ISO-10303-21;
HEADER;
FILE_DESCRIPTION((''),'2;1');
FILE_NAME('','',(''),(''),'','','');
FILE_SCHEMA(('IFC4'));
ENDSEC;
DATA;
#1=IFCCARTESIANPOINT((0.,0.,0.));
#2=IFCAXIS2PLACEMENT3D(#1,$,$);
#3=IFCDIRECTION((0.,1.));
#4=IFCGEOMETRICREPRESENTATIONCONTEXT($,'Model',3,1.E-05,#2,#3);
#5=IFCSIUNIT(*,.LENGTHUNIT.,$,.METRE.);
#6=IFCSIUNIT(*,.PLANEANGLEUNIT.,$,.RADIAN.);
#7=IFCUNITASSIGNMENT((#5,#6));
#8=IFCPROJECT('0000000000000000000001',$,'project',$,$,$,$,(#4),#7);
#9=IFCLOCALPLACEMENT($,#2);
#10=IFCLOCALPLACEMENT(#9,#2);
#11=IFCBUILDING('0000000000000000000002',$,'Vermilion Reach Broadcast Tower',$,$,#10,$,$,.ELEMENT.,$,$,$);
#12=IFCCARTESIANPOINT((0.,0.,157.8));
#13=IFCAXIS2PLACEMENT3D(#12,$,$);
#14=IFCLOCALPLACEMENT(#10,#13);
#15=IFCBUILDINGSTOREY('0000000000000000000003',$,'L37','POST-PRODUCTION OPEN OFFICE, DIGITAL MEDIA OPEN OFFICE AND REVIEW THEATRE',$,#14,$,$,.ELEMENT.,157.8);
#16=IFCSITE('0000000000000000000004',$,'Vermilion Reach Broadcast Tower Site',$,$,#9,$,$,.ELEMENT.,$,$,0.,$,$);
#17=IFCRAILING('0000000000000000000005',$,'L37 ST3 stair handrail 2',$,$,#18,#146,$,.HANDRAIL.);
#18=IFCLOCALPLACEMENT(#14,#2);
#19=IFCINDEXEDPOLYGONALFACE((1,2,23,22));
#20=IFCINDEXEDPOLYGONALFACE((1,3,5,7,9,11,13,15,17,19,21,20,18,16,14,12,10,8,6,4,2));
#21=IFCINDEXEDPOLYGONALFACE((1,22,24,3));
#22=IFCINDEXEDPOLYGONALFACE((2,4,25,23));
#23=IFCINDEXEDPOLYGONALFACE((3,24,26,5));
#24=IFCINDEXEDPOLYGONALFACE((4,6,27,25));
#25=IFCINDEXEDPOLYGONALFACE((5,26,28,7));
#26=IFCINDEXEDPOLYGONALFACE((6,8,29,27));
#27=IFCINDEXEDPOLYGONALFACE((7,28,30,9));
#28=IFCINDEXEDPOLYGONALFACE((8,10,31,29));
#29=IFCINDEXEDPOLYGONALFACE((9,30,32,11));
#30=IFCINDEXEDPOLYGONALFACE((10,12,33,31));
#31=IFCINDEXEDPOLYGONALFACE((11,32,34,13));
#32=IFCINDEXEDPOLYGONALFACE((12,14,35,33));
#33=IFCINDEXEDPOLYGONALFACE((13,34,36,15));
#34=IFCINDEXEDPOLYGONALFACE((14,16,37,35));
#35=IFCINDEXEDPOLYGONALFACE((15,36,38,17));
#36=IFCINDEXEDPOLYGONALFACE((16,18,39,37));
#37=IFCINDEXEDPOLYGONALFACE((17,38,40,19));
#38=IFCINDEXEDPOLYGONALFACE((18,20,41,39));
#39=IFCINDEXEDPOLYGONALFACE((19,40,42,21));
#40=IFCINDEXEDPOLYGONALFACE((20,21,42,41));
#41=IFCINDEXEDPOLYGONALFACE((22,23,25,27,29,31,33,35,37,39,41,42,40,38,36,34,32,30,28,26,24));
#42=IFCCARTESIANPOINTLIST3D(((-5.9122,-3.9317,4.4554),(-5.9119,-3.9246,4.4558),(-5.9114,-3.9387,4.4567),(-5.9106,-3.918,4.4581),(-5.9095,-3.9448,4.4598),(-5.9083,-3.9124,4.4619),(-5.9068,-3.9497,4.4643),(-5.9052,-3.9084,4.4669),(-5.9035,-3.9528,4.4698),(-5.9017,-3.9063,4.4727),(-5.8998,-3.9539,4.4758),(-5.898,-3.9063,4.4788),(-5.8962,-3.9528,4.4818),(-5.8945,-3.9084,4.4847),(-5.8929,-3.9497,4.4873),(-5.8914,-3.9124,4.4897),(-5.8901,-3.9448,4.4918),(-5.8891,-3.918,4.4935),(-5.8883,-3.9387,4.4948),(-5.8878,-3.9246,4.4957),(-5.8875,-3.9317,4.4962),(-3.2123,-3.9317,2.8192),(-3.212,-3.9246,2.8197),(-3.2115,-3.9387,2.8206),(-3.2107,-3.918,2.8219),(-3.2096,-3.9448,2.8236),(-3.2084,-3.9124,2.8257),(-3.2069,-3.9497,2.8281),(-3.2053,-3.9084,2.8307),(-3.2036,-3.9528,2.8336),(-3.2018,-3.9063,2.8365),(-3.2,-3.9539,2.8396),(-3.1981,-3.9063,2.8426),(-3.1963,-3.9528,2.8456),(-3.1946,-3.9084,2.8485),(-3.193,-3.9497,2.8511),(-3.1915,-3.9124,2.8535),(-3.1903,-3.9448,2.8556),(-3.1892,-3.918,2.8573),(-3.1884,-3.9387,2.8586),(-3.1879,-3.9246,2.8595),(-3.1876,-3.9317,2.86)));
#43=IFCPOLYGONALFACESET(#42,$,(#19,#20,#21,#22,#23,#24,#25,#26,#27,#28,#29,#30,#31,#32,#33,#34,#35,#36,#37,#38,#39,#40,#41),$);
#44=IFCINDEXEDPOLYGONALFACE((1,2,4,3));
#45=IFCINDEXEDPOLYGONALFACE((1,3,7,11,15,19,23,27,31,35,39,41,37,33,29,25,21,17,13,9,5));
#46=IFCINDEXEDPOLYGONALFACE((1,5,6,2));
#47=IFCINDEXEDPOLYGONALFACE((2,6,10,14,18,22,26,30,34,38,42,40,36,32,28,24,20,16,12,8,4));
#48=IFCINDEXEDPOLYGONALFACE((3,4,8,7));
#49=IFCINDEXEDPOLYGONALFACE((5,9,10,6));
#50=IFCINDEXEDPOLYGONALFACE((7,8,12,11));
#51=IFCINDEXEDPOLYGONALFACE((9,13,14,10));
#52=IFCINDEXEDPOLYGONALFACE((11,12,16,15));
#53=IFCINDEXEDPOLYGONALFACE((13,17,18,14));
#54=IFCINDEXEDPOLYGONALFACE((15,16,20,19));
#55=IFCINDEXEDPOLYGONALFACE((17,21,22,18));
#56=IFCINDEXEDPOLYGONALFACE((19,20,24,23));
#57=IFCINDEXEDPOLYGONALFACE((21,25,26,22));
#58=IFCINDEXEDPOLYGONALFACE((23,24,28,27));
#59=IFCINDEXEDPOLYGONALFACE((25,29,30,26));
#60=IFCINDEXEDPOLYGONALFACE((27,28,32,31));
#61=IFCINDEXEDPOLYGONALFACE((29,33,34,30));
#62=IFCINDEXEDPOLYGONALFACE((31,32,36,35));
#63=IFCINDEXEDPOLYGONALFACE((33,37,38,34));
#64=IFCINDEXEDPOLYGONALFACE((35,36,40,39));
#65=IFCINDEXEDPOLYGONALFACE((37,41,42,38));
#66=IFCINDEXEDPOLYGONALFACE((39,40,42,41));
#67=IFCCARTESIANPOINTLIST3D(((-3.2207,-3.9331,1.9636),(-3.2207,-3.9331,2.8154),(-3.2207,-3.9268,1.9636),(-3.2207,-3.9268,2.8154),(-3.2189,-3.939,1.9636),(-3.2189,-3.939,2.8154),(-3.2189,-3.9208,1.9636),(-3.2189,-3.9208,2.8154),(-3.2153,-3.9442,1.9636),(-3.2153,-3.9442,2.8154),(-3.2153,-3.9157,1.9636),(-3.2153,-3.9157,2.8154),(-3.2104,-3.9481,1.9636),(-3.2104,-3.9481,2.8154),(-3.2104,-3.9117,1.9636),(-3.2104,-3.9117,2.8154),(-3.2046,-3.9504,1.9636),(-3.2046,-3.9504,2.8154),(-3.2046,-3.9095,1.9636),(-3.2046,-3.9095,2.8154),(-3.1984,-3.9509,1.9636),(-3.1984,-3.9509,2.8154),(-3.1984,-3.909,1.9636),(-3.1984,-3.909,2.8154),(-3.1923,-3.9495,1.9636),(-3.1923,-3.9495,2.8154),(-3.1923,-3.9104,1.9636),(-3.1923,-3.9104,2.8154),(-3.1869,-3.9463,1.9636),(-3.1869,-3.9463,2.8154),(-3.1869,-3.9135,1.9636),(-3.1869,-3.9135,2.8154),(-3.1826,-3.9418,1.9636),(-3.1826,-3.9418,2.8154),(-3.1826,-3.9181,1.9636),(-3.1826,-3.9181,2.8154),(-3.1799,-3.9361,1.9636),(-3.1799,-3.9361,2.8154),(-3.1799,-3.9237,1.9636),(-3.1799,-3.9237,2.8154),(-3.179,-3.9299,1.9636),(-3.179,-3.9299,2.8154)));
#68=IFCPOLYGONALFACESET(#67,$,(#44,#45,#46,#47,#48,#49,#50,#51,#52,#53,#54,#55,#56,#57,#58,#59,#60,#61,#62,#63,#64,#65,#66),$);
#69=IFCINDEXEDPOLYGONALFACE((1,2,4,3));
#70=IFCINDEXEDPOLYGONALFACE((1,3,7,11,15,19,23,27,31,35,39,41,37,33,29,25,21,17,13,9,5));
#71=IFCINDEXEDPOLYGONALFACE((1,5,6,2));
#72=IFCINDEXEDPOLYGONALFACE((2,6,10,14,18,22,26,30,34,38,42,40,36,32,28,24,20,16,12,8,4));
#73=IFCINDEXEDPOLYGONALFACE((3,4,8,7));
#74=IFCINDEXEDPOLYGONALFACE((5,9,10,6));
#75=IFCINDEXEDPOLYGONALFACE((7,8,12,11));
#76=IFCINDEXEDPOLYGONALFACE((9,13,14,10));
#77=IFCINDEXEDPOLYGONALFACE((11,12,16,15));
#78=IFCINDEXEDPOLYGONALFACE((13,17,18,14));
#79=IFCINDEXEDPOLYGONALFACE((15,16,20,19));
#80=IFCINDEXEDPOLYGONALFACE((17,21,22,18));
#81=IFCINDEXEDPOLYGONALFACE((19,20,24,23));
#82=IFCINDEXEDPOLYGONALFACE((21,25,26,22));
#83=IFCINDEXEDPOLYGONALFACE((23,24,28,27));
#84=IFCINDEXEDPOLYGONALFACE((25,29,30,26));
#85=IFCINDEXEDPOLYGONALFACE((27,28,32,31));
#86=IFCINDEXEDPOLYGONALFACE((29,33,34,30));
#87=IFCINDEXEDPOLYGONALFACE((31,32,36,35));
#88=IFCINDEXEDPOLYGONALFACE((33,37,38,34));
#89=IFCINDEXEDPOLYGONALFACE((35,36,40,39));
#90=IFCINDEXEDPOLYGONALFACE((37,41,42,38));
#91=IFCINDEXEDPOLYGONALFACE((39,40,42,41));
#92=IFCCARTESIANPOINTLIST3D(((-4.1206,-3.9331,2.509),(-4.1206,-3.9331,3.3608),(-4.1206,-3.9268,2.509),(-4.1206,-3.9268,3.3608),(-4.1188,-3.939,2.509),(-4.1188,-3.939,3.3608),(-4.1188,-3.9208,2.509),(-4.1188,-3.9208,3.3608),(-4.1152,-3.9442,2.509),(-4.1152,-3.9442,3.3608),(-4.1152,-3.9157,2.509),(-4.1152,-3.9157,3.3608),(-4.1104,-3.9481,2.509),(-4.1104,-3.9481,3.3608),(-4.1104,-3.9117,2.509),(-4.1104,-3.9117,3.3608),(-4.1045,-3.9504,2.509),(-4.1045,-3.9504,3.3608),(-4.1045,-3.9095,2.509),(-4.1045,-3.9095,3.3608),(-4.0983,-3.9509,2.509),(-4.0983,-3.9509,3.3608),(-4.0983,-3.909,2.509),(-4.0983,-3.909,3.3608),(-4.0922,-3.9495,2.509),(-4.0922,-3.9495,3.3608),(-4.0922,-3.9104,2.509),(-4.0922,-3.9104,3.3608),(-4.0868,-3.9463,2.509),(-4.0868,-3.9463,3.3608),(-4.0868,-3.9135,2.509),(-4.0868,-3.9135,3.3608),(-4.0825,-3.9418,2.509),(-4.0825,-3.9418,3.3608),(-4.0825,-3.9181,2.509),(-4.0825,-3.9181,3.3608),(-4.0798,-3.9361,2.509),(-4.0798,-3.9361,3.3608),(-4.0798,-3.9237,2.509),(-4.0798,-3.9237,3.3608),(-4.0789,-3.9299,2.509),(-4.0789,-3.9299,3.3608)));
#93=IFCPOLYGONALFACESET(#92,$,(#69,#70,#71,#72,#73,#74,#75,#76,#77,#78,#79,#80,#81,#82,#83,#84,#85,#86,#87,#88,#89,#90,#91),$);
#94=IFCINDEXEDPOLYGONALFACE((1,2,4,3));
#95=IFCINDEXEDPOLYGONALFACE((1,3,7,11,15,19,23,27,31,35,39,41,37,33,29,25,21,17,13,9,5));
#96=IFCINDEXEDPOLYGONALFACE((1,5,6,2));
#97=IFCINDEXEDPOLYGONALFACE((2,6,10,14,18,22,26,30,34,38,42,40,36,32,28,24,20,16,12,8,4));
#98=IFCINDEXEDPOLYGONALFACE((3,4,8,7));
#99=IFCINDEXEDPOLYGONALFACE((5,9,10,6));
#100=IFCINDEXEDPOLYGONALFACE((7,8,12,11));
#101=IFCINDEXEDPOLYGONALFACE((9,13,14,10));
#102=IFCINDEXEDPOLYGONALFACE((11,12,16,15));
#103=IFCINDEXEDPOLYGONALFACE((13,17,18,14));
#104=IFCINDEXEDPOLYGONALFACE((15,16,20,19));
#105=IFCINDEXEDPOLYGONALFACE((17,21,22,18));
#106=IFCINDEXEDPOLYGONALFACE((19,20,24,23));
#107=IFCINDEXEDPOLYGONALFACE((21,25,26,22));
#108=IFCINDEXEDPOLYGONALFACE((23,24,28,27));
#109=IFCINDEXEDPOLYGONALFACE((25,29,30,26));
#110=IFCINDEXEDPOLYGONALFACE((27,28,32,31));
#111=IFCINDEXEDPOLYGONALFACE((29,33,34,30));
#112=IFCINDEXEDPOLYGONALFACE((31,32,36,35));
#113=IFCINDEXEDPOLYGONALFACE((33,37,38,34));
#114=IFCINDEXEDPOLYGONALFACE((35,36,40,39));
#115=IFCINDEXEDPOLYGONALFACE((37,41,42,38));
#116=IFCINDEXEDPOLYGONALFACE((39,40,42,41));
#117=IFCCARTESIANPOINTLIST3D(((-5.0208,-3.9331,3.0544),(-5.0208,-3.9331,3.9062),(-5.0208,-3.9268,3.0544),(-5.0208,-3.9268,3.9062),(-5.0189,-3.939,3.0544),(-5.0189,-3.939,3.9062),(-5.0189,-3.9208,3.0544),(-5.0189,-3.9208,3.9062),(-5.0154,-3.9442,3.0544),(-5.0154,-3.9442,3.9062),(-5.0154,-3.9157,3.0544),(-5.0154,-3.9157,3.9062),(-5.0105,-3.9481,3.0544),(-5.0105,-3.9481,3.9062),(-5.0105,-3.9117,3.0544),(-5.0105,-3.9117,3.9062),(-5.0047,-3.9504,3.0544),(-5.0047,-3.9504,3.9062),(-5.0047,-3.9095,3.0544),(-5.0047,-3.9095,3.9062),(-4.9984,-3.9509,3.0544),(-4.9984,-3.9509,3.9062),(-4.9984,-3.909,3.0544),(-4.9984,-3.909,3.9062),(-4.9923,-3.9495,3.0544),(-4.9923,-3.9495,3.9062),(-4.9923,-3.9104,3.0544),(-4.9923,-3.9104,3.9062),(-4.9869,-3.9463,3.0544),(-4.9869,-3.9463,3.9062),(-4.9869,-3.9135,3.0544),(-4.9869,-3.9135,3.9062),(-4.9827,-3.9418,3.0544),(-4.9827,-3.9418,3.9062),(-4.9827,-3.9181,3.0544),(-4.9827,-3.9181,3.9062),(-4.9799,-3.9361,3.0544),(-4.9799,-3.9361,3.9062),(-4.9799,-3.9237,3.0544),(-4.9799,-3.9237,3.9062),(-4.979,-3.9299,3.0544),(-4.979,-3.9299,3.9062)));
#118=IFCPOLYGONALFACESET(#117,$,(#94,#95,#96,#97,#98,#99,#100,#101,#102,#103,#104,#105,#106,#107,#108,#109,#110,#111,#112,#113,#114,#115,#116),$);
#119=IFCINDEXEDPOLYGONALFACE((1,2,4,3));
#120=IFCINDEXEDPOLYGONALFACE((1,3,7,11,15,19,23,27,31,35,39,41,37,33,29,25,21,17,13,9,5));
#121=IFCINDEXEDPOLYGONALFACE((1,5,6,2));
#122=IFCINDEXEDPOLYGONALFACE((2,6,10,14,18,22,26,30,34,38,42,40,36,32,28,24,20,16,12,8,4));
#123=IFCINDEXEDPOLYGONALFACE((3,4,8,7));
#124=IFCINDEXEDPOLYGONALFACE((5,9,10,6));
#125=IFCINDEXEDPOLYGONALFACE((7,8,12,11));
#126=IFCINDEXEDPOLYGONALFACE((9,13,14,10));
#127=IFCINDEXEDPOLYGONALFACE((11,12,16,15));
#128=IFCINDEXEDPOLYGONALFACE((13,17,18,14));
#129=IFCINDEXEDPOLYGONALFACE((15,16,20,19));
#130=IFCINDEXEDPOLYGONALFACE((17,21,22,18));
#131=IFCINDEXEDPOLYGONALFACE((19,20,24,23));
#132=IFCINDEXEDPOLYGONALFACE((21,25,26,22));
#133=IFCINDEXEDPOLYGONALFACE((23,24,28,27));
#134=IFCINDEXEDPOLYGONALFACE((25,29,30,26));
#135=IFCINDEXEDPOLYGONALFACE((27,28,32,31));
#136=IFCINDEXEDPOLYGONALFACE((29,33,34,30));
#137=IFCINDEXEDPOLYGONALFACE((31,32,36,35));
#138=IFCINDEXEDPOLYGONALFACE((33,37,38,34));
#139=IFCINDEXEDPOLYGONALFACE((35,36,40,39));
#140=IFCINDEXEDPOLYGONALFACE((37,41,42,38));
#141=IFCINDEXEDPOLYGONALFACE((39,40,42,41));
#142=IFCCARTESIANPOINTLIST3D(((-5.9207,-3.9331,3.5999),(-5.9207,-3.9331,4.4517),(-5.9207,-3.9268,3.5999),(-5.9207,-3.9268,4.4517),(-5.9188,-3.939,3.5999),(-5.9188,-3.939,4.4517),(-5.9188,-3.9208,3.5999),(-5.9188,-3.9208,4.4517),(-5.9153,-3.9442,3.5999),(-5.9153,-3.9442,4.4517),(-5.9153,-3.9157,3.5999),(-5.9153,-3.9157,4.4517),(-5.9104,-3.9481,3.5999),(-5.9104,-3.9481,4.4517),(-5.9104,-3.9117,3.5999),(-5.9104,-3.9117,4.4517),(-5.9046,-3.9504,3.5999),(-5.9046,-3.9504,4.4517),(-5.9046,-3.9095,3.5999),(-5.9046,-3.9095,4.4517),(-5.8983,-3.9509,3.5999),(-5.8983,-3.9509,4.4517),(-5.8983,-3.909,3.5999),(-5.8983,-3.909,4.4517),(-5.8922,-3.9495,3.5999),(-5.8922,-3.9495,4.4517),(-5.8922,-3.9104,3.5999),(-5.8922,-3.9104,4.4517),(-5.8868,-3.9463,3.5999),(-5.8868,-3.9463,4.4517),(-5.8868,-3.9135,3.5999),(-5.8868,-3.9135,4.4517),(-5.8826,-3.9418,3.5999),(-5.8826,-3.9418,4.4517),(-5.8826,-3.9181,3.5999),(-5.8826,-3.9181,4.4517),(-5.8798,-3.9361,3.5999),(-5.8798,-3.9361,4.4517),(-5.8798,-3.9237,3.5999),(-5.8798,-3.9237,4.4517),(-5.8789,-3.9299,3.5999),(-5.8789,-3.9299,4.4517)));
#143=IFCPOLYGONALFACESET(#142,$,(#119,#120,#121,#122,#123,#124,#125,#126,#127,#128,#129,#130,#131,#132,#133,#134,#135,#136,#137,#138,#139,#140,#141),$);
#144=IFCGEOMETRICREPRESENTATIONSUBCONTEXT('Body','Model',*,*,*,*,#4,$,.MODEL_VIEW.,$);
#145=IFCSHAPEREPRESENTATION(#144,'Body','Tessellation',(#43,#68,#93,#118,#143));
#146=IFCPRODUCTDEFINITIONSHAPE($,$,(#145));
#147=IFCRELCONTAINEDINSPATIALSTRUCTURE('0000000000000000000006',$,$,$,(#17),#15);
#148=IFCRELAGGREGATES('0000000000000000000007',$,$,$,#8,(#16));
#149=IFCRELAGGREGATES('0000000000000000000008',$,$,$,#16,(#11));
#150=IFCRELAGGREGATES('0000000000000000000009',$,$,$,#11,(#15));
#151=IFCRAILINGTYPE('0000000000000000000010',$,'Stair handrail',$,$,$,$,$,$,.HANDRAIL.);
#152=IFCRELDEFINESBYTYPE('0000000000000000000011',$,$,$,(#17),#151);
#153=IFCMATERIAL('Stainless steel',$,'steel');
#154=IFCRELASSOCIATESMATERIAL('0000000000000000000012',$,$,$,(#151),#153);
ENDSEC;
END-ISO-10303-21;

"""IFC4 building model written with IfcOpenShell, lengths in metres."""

from ifc_helpers import new_model, si_unit, direction, frame, origin, origin_2d, place, context, subcontext, project, spatial, circle, extrude, material, type_object, element, save


model = new_model("IFC4")

# Units and contexts
model_context = context("Model", 3, precision=1e-05, world=origin(), true_north=direction((0.0, 1.0)))
body_context = subcontext(model_context, "Body", "Model", "MODEL_VIEW")
ifc_project = project(units=[si_unit("LENGTHUNIT", "METRE"), si_unit("PLANEANGLEUNIT", "RADIAN")], contexts=[model_context])

# Site, building, storey
site_placement = place(None, origin())
site = spatial("IfcSite", under=ifc_project, at=site_placement, Name="Vermilion Reach Broadcast Tower Site", CompositionType="ELEMENT", RefElevation=0.0)
building_placement = place(site_placement, origin())
building = spatial("IfcBuilding", under=site, at=building_placement, Name="Vermilion Reach Broadcast Tower", CompositionType="ELEMENT")
storey_placement = place(building_placement, frame((0.0, 0.0, 157.8)))
storey = spatial("IfcBuildingStorey", under=building, at=storey_placement, Name="L37", Description="POST-PRODUCTION OPEN OFFICE, DIGITAL MEDIA OPEN OFFICE AND REVIEW THEATRE", CompositionType="ELEMENT", Elevation=157.8)

# Railing
ifc_material_1 = material(Name="Stainless steel", Category="steel")
railing_type_1 = type_object("IfcRailingType", Name="Stair handrail", PredefinedType="HANDRAIL", material=ifc_material_1)
railing_1_placement = place(storey_placement, frame((-3.2, -3.9299, 1.9636)))
element("IfcRailing", 1, at=railing_1_placement, inside=storey, type_object=railing_type_1, Name="L37 ST3 stair handrail 2", PredefinedType="HANDRAIL", context=body_context, shape_type="SweptSolid", body=[
    extrude(circle(Radius=0.0239, at=origin_2d()), frame((0.0, 0.0, 0.876), z_axis=(-0.855212, 0.0, 0.518278), x_axis=(0.0, -1.0, 0.0)), (0.0, 0.0, 1.0), 3.157),
    extrude(circle(Radius=0.021, at=origin_2d()), origin(), (0.0, 0.0, 1.0), 0.8518),
    extrude(circle(Radius=0.021, at=origin_2d()), frame((-0.8999, 0.0, 0.5454)), (0.0, 0.0, 1.0), 0.8518),
    extrude(circle(Radius=0.021, at=origin_2d()), frame((-1.8, 0.0, 1.0908)), (0.0, 0.0, 1.0), 0.8518),
    extrude(circle(Radius=0.021, at=origin_2d()), frame((-2.7, 0.0, 1.6362)), (0.0, 0.0, 1.0), 0.8518),
])

save(model, "model.ifc")
